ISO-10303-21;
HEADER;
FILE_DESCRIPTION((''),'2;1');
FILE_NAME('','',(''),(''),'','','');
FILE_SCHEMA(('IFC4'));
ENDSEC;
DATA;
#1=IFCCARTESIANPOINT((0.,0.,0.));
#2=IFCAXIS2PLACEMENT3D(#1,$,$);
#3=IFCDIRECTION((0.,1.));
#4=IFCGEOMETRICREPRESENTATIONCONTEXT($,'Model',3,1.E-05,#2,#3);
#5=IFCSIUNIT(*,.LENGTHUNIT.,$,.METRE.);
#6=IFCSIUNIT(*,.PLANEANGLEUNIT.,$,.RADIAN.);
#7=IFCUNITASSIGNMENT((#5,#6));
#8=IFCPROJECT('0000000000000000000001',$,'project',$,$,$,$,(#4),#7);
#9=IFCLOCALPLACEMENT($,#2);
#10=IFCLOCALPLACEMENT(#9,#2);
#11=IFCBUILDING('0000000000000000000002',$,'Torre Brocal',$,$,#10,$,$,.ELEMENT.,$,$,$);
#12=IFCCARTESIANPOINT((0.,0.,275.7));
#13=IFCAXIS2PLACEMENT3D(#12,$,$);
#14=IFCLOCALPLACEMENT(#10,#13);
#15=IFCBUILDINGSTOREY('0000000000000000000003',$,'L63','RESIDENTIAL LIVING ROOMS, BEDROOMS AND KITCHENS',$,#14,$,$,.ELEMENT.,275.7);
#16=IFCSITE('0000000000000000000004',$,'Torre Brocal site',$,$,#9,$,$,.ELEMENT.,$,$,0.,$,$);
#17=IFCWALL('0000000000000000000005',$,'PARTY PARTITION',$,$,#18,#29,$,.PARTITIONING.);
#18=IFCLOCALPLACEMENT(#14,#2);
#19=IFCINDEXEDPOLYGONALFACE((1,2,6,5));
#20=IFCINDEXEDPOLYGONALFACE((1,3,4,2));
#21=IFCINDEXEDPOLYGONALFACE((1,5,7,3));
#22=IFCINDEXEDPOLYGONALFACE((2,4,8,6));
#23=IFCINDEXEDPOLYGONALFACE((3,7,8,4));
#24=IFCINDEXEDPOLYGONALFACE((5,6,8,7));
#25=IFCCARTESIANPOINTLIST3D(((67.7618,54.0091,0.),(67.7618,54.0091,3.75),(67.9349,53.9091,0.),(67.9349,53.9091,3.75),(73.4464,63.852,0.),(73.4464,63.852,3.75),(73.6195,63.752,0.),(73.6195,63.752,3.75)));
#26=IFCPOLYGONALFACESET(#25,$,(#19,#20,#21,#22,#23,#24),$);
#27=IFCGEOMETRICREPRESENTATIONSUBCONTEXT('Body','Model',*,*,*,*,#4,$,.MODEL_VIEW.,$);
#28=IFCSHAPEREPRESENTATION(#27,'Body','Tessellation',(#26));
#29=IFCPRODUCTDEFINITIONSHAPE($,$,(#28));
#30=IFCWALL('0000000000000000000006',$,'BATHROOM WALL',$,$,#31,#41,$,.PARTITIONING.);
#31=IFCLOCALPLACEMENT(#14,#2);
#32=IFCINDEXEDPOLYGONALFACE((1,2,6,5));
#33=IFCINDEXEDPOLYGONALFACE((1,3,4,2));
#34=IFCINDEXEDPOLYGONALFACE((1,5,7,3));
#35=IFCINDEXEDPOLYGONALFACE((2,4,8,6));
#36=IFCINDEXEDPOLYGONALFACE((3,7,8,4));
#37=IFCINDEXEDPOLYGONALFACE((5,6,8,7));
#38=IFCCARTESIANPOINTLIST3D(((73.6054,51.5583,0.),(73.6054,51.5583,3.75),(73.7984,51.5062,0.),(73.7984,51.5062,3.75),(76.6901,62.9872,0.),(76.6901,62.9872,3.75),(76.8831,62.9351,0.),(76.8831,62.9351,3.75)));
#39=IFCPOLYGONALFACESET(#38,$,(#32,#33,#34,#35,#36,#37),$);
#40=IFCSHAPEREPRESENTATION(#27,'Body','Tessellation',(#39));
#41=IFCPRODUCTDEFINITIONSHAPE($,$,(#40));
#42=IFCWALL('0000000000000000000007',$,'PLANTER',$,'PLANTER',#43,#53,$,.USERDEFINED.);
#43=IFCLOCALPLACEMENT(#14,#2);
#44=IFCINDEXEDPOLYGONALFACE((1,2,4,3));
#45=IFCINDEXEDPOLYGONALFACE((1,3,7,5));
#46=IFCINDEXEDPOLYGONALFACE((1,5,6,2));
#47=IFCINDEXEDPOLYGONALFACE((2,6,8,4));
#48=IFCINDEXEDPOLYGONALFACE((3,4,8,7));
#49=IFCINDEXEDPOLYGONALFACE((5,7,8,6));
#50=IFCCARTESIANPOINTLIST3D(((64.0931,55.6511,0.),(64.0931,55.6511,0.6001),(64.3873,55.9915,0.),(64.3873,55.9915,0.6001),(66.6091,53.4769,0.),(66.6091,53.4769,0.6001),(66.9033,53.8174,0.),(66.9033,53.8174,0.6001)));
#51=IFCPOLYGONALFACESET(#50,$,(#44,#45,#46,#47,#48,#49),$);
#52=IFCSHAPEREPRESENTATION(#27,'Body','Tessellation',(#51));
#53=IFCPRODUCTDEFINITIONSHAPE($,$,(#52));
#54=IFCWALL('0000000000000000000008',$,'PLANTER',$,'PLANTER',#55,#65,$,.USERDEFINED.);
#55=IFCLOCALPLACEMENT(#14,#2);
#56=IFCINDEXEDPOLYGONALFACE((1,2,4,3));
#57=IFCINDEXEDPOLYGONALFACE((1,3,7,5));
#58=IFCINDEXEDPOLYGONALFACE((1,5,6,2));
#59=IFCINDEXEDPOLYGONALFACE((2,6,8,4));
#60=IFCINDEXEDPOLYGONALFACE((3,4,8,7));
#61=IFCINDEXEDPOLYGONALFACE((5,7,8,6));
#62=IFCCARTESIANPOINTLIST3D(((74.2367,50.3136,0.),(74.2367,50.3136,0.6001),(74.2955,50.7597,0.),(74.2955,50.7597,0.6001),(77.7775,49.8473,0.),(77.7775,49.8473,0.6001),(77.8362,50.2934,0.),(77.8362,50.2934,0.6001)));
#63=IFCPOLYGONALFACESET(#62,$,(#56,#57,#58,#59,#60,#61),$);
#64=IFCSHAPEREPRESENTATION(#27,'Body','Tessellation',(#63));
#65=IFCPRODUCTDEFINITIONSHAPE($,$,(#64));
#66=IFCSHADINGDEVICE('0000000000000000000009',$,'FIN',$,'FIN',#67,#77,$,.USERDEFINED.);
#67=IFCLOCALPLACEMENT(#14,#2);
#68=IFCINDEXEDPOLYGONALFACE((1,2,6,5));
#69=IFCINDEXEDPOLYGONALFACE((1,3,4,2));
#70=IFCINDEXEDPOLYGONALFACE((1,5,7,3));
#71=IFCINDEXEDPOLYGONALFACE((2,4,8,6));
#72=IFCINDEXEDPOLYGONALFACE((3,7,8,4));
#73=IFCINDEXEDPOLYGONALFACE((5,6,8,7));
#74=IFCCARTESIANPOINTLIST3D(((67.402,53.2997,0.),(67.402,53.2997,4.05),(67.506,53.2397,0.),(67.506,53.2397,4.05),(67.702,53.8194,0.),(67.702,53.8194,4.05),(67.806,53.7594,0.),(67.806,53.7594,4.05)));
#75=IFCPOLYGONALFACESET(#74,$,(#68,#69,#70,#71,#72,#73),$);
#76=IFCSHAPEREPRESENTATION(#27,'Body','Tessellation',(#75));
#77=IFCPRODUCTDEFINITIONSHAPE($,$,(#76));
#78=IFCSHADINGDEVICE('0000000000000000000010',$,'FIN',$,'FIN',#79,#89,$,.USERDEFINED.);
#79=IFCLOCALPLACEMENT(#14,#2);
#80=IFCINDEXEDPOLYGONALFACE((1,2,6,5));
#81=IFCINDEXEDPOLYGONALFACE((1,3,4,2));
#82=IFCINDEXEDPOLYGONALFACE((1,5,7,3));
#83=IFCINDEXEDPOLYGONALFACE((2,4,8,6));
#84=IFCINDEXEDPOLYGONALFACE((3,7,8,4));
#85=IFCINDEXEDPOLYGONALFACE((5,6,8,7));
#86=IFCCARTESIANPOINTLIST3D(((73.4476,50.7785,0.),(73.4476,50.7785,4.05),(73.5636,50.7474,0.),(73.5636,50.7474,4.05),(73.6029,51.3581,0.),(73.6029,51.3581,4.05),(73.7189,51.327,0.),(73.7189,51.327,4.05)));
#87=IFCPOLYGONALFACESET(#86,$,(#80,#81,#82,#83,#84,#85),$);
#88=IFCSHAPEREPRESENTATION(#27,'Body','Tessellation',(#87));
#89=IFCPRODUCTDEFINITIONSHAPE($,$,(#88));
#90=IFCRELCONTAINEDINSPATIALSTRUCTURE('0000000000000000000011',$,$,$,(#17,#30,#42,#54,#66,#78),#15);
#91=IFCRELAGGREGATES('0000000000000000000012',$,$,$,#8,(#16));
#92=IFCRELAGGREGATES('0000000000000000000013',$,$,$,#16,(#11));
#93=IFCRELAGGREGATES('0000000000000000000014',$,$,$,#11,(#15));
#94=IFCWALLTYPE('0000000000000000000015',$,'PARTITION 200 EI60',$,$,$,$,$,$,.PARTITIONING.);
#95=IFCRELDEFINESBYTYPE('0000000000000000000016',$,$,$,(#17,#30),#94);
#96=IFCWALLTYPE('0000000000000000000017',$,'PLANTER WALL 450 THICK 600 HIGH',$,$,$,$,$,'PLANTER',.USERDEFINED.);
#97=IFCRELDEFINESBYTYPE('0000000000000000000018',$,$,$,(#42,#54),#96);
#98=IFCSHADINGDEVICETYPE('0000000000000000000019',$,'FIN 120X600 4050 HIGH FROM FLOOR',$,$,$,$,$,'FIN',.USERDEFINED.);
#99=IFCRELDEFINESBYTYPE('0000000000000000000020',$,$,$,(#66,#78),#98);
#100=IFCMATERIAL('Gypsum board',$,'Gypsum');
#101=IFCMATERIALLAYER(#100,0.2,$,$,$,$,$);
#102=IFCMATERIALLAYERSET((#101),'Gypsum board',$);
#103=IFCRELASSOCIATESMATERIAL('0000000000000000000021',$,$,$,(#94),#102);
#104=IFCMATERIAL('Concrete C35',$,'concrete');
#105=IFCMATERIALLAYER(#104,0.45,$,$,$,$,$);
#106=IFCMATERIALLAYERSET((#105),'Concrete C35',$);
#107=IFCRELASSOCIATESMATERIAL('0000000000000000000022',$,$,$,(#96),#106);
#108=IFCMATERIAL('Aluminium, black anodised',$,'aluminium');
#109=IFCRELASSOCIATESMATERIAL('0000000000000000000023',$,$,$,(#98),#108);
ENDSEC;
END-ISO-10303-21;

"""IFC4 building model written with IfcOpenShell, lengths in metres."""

from ifc_helpers import new_model, si_unit, direction, frame, frame_2d, origin, origin_2d, place, context, subcontext, project, spatial, rectangle, extrude, material, layer, layer_set, material_profile, profile_set, type_object, element, save


model = new_model("IFC4")

# Units and contexts
model_context = context("Model", 3, precision=1e-05, world=origin(), true_north=direction((0.0, 1.0)))
body_context = subcontext(model_context, "Body", "Model", "MODEL_VIEW")
ifc_project = project(units=[si_unit("LENGTHUNIT", "METRE"), si_unit("PLANEANGLEUNIT", "RADIAN")], contexts=[model_context])

# Site, building, storey
site_placement = place(None, origin())
site = spatial("IfcSite", under=ifc_project, at=site_placement, Name="Torre Brocal site", CompositionType="ELEMENT", RefElevation=0.0)
building_placement = place(site_placement, origin())
building = spatial("IfcBuilding", under=site, at=building_placement, Name="Torre Brocal", CompositionType="ELEMENT")
storey_placement = place(building_placement, frame((0.0, 0.0, 275.7)))
storey = spatial("IfcBuildingStorey", under=building, at=storey_placement, Name="L63", Description="RESIDENTIAL LIVING ROOMS, BEDROOMS AND KITCHENS", CompositionType="ELEMENT", Elevation=275.7)

# Walls
ifc_material_1 = material(Name="Gypsum board", Category="Gypsum")
ifc_layer_1 = layer(ifc_material_1, 0.2)
ifc_layer_set_1 = layer_set([ifc_layer_1], Name="Gypsum board")
wall_type_1 = type_object("IfcWallType", Name="PARTITION 200 EI60", PredefinedType="PARTITIONING", material=ifc_layer_set_1)
wall_1_placement = place(storey_placement, frame((67.8484, 53.9592, 0.0), z_axis=(0.0, 0.0, 1.0), x_axis=(0.500122, 0.865955, 0.0)))
element("IfcWall", 1, at=wall_1_placement, inside=storey, type_object=wall_type_1, Name="PARTY PARTITION", PredefinedType="PARTITIONING", context=body_context, shape_type="SweptSolid", body=[
    extrude(rectangle(XDim=11.3665, YDim=0.2, at=frame_2d((5.6831, 0.0))), origin(), (0.0, 0.0, 1.0), 3.75),
])
wall_2_placement = place(storey_placement, frame((73.7019, 51.5322, 0.0), z_axis=(0.0, 0.0, 1.0), x_axis=(0.260579, 0.965452, 0.0)))
element("IfcWall", 2, at=wall_2_placement, inside=storey, type_object=wall_type_1, Name="BATHROOM WALL", PredefinedType="PARTITIONING", context=body_context, shape_type="SweptSolid", body=[
    extrude(rectangle(XDim=11.8379, YDim=0.2, at=frame_2d((5.9189, 0.0))), origin(), (0.0, 0.0, 1.0), 3.75),
])
ifc_material_2 = material(Name="Concrete C35", Category="concrete")
ifc_layer_2 = layer(ifc_material_2, 0.45)
ifc_layer_set_2 = layer_set([ifc_layer_2], Name="Concrete C35")
wall_type_2 = type_object("IfcWallType", Name="PLANTER WALL 450 THICK 600 HIGH", ElementType="PLANTER", PredefinedType="USERDEFINED", material=ifc_layer_set_2)
wall_3_placement = place(storey_placement, frame((64.2402, 55.8213, 0.0), z_axis=(0.0, 0.0, 1.0), x_axis=(0.756633, -0.65384, 0.0)))
element("IfcWall", 3, at=wall_3_placement, inside=storey, type_object=wall_type_2, Name="PLANTER", ObjectType="PLANTER", PredefinedType="USERDEFINED", context=body_context, shape_type="SweptSolid", body=[
    extrude(rectangle(XDim=3.3252, YDim=0.45, at=frame_2d((1.6626, 0.0))), origin(), (0.0, 0.0, 1.0), 0.6001),
])
wall_4_placement = place(storey_placement, frame((74.2661, 50.5366, 0.0), z_axis=(0.0, 0.0, 1.0), x_axis=(0.991439, -0.130569, 0.0)))
element("IfcWall", 4, at=wall_4_placement, inside=storey, type_object=wall_type_2, Name="PLANTER", ObjectType="PLANTER", PredefinedType="USERDEFINED", context=body_context, shape_type="SweptSolid", body=[
    extrude(rectangle(XDim=3.5713, YDim=0.45, at=frame_2d((1.7856, 0.0))), origin(), (0.0, 0.0, 1.0), 0.6001),
])

# Shading devices
ifc_material_3 = material(Name="Aluminium, black anodised", Category="aluminium")
ifc_material_profile_1 = material_profile(ifc_material_3, rectangle(XDim=0.1201, YDim=0.6001, at=origin_2d()), Name="FIN 120X600 4050 HIGH FROM FLOOR")
ifc_profile_set_1 = profile_set([ifc_material_profile_1], Name="Aluminium, black anodised")
shading_device_type = type_object("IfcShadingDeviceType", Name="FIN 120X600 4050 HIGH FROM FLOOR", ElementType="FIN", PredefinedType="USERDEFINED", material=ifc_profile_set_1)
for number, where, z_axis, x_axis, name in (
    (5, (67.604, 53.5295, 0.0), (0.0, 0.0, 1.0), (0.866025, -0.5, 0.0), "FIN"),
    (6, (73.5833, 51.0527, 0.0), (0.0, 0.0, 1.0), (0.965926, -0.258819, 0.0), "FIN"),
):
    element("IfcShadingDevice", number, at=place(storey_placement, frame(where, z_axis=z_axis, x_axis=x_axis)), inside=storey, type_object=shading_device_type, Name=name, ObjectType="FIN", PredefinedType="USERDEFINED", context=body_context, shape_type="SweptSolid", body=[
        extrude(rectangle(XDim=0.1201, YDim=0.6001, at=origin_2d()), origin(), (0.0, 0.0, 1.0), 4.05),
    ])

save(model, "model.ifc")
